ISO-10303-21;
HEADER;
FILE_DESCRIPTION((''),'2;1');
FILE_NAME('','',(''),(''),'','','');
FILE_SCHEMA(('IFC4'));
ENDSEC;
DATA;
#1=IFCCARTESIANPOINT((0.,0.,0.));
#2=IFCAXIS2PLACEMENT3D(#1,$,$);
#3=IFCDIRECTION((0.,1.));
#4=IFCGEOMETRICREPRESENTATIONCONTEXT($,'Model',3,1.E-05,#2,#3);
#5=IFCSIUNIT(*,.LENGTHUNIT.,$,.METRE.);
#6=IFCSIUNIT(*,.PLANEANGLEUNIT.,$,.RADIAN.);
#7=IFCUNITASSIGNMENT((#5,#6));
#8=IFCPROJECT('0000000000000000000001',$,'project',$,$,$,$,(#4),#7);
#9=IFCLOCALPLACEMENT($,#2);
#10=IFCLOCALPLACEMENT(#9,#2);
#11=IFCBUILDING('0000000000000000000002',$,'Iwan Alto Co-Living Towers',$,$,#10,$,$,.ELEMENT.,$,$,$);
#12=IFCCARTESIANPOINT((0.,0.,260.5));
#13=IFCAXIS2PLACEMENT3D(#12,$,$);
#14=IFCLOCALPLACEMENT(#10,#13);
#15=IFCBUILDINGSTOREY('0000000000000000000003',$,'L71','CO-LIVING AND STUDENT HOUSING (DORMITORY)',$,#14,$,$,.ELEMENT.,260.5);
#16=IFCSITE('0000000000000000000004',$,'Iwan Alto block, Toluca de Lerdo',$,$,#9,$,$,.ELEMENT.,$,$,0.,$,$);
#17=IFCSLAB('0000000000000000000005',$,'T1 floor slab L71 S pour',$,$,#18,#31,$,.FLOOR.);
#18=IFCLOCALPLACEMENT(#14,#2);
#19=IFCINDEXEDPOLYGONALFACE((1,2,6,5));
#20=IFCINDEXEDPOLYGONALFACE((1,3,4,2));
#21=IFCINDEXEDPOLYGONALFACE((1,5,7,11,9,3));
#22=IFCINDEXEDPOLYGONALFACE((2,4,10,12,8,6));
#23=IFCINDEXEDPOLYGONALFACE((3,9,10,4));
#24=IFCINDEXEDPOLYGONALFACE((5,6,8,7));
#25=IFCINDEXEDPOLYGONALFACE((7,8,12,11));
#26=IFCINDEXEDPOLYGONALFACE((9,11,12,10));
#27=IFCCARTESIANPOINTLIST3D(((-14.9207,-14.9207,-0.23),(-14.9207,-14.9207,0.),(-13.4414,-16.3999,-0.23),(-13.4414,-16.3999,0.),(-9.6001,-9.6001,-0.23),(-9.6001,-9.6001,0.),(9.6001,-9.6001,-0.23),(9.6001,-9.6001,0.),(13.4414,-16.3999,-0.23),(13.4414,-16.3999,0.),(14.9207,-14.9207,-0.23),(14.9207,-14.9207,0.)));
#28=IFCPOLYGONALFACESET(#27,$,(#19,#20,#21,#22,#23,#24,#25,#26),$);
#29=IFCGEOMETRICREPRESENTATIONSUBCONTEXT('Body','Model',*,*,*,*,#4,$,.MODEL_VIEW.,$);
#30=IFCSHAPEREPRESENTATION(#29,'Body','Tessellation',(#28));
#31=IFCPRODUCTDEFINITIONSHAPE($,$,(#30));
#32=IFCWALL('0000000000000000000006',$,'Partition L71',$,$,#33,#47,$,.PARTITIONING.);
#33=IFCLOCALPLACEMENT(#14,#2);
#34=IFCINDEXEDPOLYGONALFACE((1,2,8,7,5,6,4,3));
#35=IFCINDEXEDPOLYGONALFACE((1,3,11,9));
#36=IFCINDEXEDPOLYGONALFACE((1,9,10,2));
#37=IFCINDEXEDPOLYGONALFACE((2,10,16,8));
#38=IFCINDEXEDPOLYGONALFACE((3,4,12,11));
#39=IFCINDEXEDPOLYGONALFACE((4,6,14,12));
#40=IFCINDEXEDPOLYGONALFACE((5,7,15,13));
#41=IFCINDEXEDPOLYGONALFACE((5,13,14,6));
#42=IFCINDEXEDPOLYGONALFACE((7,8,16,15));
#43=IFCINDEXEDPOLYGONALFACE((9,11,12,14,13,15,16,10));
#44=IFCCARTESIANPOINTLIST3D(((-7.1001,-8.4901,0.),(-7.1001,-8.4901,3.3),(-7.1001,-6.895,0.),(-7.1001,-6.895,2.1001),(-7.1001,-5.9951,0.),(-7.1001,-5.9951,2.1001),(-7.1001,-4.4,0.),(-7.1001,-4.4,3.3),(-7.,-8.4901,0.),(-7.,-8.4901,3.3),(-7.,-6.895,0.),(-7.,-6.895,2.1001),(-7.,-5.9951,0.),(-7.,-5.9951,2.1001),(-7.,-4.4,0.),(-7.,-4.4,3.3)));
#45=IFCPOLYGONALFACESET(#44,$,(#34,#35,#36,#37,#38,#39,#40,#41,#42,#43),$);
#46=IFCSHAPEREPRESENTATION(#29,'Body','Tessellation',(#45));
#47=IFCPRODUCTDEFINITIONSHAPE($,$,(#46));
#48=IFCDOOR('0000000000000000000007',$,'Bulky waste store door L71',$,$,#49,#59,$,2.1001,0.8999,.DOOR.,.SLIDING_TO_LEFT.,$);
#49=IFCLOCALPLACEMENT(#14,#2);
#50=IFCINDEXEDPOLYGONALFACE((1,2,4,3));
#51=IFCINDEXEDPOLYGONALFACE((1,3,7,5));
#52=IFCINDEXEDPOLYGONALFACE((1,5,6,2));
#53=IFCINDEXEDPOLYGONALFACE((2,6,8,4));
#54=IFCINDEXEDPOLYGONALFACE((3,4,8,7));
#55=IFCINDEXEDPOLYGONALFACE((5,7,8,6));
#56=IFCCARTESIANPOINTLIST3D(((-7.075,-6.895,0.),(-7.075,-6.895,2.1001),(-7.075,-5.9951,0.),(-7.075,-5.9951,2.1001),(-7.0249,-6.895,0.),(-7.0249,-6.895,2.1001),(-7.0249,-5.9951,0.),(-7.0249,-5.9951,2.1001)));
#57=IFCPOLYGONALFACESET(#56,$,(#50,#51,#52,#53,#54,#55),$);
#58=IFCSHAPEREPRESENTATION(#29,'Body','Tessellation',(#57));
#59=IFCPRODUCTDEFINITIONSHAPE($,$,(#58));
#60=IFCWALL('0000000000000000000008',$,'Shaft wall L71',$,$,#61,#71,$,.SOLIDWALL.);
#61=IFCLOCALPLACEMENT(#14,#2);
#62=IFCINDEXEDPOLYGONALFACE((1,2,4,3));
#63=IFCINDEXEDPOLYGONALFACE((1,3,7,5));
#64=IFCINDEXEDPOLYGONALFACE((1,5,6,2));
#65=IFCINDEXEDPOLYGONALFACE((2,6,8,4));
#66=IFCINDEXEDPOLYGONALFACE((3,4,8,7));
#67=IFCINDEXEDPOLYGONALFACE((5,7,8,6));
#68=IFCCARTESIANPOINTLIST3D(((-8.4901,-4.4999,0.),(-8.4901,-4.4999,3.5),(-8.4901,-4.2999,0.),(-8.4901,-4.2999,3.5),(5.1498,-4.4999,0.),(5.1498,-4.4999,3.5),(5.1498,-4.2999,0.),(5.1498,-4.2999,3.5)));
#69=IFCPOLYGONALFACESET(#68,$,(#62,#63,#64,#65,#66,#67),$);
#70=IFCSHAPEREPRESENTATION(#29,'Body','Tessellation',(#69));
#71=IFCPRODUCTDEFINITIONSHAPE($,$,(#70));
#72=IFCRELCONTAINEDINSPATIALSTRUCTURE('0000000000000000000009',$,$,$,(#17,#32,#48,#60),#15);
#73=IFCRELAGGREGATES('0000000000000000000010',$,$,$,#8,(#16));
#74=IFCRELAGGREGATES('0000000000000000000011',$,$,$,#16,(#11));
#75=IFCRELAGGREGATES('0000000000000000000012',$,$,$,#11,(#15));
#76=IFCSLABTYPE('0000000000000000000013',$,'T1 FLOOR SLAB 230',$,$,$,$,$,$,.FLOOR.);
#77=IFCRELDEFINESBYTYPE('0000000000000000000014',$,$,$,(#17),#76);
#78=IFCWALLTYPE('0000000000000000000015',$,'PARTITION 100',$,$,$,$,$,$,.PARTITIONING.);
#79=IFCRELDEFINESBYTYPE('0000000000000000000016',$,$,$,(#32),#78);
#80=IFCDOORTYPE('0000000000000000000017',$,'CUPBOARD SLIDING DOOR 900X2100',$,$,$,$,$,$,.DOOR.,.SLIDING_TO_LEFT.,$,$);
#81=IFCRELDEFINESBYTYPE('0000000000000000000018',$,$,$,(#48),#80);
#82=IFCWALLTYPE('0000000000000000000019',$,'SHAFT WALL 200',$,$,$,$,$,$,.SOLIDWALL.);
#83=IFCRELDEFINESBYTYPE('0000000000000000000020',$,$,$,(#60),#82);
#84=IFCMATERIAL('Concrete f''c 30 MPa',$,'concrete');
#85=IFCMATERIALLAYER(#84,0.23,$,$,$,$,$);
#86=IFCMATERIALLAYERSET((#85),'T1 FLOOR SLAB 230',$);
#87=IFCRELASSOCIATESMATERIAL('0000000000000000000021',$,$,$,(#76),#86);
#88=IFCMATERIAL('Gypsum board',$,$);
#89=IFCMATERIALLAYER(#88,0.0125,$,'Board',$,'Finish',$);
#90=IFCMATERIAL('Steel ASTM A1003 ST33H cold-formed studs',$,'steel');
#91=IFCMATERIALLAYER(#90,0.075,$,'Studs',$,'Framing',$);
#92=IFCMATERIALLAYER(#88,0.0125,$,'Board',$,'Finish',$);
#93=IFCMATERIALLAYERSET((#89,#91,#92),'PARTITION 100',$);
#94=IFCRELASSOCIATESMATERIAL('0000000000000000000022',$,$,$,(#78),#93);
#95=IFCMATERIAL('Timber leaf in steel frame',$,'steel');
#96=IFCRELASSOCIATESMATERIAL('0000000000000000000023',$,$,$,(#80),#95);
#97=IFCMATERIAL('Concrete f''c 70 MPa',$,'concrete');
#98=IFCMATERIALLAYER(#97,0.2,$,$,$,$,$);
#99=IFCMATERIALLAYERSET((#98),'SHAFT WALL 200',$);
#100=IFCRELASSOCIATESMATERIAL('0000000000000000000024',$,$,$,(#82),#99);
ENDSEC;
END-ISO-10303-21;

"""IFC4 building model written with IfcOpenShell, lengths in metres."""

from ifc_helpers import new_model, si_unit, direction, frame, frame_2d, origin, place, context, subcontext, project, spatial, polyline, rectangle, outline, extrude, material, layer, layer_set, type_object, element, fill, save


model = new_model("IFC4")

# Units and contexts
model_context = context("Model", 3, precision=1e-05, world=origin(), true_north=direction((0.0, 1.0)))
body_context = subcontext(model_context, "Body", "Model", "MODEL_VIEW")
ifc_project = project(units=[si_unit("LENGTHUNIT", "METRE"), si_unit("PLANEANGLEUNIT", "RADIAN")], contexts=[model_context])

# Site, building, storey
site_placement = place(None, origin())
site = spatial("IfcSite", under=ifc_project, at=site_placement, Name="Iwan Alto block, Toluca de Lerdo", CompositionType="ELEMENT", RefElevation=0.0)
building_placement = place(site_placement, origin())
building = spatial("IfcBuilding", under=site, at=building_placement, Name="Iwan Alto Co-Living Towers", CompositionType="ELEMENT")
storey_placement = place(building_placement, frame((0.0, 0.0, 260.5)))
storey = spatial("IfcBuildingStorey", under=building, at=storey_placement, Name="L71", Description="CO-LIVING AND STUDENT HOUSING (DORMITORY)", CompositionType="ELEMENT", Elevation=260.5)

# Slab
ifc_material_1 = material(Name="Concrete f'c 30 MPa", Category="concrete")
ifc_layer_1 = layer(ifc_material_1, 0.23)
ifc_layer_set_1 = layer_set([ifc_layer_1], Name="T1 FLOOR SLAB 230")
slab_type = type_object("IfcSlabType", Name="T1 FLOOR SLAB 230", PredefinedType="FLOOR", material=ifc_layer_set_1)
slab_placement = place(storey_placement, frame((0.0, 0.0, -0.23)))
element("IfcSlab", 1, at=slab_placement, inside=storey, type_object=slab_type, Name="T1 floor slab L71 S pour", PredefinedType="FLOOR", context=body_context, shape_type="SweptSolid", body=[
    extrude(outline(polyline([(13.4414, -16.3999), (-13.4414, -16.3999), (-14.9207, -14.9207), (-9.6001, -9.6001), (9.6001, -9.6001), (14.9207, -14.9207), (13.4414, -16.3999)])), origin(), (0.0, 0.0, 1.0), 0.23),
])

# Wall, opening, door
ifc_material_2 = material(Name="Gypsum board")
ifc_layer_2 = layer(ifc_material_2, 0.0125, Name="Board", Category="Finish")
ifc_material_3 = material(Name="Steel ASTM A1003 ST33H cold-formed studs", Category="steel")
ifc_layer_3 = layer(ifc_material_3, 0.075, Name="Studs", Category="Framing")
ifc_layer_4 = layer(ifc_material_2, 0.0125, Name="Board", Category="Finish")
ifc_layer_set_2 = layer_set([ifc_layer_2, ifc_layer_3, ifc_layer_4], Name="PARTITION 100")
wall_type_1 = type_object("IfcWallType", Name="PARTITION 100", PredefinedType="PARTITIONING", material=ifc_layer_set_2)
wall_1_placement = place(storey_placement, frame((-7.05, -8.49, 0.0), z_axis=(0.0, 0.0, 1.0), x_axis=(0.0, 1.0, 0.0)))
wall_1 = element("IfcWall", 2, at=wall_1_placement, inside=storey, type_object=wall_type_1, Name="Partition L71", PredefinedType="PARTITIONING", context=body_context, shape_type="SweptSolid", body=[
    extrude(rectangle(XDim=4.0901, YDim=0.1001, at=frame_2d((2.0449, 0.0))), origin(), (0.0, 0.0, 1.0), 3.3),
])
opening_1_placement = place(wall_1_placement, frame((1.595, 0.0, 0.0)))
opening_1 = element("IfcOpeningElement", 3, at=opening_1_placement, cuts=wall_1, PredefinedType="OPENING", context=body_context, shape_type="SweptSolid", body=[
    extrude(rectangle(XDim=0.8999, YDim=2.1001, at=frame_2d((0.45, 1.05))), frame((0.0, 0.0601, 0.0), z_axis=(0.0, -1.0, 0.0), x_axis=(1.0, 0.0, 0.0)), (0.0, 0.0, 1.0), 0.1201),
])
ifc_material_4 = material(Name="Timber leaf in steel frame", Category="steel")
door_type_1 = type_object("IfcDoorType", Name="CUPBOARD SLIDING DOOR 900X2100", OperationType="SLIDING_TO_LEFT", PredefinedType="DOOR", material=ifc_material_4)
door_1_placement = place(opening_1_placement, origin())
door_1 = element("IfcDoor", 4, at=door_1_placement, inside=storey, type_object=door_type_1, Name="Bulky waste store door L71", OperationType="SLIDING_TO_LEFT", OverallHeight=2.1001, OverallWidth=0.8999, PredefinedType="DOOR", context=body_context, shape_type="SweptSolid", body=[
    extrude(rectangle(XDim=0.8999, YDim=2.1001, at=frame_2d((0.45, 1.05))), frame((0.0, 0.0249, 0.0), z_axis=(0.0, -1.0, 0.0), x_axis=(1.0, 0.0, 0.0)), (0.0, 0.0, 1.0), 0.05),
])
fill(opening_1, door_1)

# Wall
ifc_material_5 = material(Name="Concrete f'c 70 MPa", Category="concrete")
ifc_layer_5 = layer(ifc_material_5, 0.2)
ifc_layer_set_3 = layer_set([ifc_layer_5], Name="SHAFT WALL 200")
wall_type_2 = type_object("IfcWallType", Name="SHAFT WALL 200", PredefinedType="SOLIDWALL", material=ifc_layer_set_3)
wall_2_placement = place(storey_placement, frame((-8.49, -4.3999, 0.0), z_axis=(0.0, 0.0, 1.0), x_axis=(1.0, 0.0, 0.0)))
element("IfcWall", 5, at=wall_2_placement, inside=storey, type_object=wall_type_2, Name="Shaft wall L71", PredefinedType="SOLIDWALL", context=body_context, shape_type="SweptSolid", body=[
    extrude(rectangle(XDim=13.6399, YDim=0.2, at=frame_2d((6.8198, 0.0))), origin(), (0.0, 0.0, 1.0), 3.5),
])

save(model, "model.ifc")
